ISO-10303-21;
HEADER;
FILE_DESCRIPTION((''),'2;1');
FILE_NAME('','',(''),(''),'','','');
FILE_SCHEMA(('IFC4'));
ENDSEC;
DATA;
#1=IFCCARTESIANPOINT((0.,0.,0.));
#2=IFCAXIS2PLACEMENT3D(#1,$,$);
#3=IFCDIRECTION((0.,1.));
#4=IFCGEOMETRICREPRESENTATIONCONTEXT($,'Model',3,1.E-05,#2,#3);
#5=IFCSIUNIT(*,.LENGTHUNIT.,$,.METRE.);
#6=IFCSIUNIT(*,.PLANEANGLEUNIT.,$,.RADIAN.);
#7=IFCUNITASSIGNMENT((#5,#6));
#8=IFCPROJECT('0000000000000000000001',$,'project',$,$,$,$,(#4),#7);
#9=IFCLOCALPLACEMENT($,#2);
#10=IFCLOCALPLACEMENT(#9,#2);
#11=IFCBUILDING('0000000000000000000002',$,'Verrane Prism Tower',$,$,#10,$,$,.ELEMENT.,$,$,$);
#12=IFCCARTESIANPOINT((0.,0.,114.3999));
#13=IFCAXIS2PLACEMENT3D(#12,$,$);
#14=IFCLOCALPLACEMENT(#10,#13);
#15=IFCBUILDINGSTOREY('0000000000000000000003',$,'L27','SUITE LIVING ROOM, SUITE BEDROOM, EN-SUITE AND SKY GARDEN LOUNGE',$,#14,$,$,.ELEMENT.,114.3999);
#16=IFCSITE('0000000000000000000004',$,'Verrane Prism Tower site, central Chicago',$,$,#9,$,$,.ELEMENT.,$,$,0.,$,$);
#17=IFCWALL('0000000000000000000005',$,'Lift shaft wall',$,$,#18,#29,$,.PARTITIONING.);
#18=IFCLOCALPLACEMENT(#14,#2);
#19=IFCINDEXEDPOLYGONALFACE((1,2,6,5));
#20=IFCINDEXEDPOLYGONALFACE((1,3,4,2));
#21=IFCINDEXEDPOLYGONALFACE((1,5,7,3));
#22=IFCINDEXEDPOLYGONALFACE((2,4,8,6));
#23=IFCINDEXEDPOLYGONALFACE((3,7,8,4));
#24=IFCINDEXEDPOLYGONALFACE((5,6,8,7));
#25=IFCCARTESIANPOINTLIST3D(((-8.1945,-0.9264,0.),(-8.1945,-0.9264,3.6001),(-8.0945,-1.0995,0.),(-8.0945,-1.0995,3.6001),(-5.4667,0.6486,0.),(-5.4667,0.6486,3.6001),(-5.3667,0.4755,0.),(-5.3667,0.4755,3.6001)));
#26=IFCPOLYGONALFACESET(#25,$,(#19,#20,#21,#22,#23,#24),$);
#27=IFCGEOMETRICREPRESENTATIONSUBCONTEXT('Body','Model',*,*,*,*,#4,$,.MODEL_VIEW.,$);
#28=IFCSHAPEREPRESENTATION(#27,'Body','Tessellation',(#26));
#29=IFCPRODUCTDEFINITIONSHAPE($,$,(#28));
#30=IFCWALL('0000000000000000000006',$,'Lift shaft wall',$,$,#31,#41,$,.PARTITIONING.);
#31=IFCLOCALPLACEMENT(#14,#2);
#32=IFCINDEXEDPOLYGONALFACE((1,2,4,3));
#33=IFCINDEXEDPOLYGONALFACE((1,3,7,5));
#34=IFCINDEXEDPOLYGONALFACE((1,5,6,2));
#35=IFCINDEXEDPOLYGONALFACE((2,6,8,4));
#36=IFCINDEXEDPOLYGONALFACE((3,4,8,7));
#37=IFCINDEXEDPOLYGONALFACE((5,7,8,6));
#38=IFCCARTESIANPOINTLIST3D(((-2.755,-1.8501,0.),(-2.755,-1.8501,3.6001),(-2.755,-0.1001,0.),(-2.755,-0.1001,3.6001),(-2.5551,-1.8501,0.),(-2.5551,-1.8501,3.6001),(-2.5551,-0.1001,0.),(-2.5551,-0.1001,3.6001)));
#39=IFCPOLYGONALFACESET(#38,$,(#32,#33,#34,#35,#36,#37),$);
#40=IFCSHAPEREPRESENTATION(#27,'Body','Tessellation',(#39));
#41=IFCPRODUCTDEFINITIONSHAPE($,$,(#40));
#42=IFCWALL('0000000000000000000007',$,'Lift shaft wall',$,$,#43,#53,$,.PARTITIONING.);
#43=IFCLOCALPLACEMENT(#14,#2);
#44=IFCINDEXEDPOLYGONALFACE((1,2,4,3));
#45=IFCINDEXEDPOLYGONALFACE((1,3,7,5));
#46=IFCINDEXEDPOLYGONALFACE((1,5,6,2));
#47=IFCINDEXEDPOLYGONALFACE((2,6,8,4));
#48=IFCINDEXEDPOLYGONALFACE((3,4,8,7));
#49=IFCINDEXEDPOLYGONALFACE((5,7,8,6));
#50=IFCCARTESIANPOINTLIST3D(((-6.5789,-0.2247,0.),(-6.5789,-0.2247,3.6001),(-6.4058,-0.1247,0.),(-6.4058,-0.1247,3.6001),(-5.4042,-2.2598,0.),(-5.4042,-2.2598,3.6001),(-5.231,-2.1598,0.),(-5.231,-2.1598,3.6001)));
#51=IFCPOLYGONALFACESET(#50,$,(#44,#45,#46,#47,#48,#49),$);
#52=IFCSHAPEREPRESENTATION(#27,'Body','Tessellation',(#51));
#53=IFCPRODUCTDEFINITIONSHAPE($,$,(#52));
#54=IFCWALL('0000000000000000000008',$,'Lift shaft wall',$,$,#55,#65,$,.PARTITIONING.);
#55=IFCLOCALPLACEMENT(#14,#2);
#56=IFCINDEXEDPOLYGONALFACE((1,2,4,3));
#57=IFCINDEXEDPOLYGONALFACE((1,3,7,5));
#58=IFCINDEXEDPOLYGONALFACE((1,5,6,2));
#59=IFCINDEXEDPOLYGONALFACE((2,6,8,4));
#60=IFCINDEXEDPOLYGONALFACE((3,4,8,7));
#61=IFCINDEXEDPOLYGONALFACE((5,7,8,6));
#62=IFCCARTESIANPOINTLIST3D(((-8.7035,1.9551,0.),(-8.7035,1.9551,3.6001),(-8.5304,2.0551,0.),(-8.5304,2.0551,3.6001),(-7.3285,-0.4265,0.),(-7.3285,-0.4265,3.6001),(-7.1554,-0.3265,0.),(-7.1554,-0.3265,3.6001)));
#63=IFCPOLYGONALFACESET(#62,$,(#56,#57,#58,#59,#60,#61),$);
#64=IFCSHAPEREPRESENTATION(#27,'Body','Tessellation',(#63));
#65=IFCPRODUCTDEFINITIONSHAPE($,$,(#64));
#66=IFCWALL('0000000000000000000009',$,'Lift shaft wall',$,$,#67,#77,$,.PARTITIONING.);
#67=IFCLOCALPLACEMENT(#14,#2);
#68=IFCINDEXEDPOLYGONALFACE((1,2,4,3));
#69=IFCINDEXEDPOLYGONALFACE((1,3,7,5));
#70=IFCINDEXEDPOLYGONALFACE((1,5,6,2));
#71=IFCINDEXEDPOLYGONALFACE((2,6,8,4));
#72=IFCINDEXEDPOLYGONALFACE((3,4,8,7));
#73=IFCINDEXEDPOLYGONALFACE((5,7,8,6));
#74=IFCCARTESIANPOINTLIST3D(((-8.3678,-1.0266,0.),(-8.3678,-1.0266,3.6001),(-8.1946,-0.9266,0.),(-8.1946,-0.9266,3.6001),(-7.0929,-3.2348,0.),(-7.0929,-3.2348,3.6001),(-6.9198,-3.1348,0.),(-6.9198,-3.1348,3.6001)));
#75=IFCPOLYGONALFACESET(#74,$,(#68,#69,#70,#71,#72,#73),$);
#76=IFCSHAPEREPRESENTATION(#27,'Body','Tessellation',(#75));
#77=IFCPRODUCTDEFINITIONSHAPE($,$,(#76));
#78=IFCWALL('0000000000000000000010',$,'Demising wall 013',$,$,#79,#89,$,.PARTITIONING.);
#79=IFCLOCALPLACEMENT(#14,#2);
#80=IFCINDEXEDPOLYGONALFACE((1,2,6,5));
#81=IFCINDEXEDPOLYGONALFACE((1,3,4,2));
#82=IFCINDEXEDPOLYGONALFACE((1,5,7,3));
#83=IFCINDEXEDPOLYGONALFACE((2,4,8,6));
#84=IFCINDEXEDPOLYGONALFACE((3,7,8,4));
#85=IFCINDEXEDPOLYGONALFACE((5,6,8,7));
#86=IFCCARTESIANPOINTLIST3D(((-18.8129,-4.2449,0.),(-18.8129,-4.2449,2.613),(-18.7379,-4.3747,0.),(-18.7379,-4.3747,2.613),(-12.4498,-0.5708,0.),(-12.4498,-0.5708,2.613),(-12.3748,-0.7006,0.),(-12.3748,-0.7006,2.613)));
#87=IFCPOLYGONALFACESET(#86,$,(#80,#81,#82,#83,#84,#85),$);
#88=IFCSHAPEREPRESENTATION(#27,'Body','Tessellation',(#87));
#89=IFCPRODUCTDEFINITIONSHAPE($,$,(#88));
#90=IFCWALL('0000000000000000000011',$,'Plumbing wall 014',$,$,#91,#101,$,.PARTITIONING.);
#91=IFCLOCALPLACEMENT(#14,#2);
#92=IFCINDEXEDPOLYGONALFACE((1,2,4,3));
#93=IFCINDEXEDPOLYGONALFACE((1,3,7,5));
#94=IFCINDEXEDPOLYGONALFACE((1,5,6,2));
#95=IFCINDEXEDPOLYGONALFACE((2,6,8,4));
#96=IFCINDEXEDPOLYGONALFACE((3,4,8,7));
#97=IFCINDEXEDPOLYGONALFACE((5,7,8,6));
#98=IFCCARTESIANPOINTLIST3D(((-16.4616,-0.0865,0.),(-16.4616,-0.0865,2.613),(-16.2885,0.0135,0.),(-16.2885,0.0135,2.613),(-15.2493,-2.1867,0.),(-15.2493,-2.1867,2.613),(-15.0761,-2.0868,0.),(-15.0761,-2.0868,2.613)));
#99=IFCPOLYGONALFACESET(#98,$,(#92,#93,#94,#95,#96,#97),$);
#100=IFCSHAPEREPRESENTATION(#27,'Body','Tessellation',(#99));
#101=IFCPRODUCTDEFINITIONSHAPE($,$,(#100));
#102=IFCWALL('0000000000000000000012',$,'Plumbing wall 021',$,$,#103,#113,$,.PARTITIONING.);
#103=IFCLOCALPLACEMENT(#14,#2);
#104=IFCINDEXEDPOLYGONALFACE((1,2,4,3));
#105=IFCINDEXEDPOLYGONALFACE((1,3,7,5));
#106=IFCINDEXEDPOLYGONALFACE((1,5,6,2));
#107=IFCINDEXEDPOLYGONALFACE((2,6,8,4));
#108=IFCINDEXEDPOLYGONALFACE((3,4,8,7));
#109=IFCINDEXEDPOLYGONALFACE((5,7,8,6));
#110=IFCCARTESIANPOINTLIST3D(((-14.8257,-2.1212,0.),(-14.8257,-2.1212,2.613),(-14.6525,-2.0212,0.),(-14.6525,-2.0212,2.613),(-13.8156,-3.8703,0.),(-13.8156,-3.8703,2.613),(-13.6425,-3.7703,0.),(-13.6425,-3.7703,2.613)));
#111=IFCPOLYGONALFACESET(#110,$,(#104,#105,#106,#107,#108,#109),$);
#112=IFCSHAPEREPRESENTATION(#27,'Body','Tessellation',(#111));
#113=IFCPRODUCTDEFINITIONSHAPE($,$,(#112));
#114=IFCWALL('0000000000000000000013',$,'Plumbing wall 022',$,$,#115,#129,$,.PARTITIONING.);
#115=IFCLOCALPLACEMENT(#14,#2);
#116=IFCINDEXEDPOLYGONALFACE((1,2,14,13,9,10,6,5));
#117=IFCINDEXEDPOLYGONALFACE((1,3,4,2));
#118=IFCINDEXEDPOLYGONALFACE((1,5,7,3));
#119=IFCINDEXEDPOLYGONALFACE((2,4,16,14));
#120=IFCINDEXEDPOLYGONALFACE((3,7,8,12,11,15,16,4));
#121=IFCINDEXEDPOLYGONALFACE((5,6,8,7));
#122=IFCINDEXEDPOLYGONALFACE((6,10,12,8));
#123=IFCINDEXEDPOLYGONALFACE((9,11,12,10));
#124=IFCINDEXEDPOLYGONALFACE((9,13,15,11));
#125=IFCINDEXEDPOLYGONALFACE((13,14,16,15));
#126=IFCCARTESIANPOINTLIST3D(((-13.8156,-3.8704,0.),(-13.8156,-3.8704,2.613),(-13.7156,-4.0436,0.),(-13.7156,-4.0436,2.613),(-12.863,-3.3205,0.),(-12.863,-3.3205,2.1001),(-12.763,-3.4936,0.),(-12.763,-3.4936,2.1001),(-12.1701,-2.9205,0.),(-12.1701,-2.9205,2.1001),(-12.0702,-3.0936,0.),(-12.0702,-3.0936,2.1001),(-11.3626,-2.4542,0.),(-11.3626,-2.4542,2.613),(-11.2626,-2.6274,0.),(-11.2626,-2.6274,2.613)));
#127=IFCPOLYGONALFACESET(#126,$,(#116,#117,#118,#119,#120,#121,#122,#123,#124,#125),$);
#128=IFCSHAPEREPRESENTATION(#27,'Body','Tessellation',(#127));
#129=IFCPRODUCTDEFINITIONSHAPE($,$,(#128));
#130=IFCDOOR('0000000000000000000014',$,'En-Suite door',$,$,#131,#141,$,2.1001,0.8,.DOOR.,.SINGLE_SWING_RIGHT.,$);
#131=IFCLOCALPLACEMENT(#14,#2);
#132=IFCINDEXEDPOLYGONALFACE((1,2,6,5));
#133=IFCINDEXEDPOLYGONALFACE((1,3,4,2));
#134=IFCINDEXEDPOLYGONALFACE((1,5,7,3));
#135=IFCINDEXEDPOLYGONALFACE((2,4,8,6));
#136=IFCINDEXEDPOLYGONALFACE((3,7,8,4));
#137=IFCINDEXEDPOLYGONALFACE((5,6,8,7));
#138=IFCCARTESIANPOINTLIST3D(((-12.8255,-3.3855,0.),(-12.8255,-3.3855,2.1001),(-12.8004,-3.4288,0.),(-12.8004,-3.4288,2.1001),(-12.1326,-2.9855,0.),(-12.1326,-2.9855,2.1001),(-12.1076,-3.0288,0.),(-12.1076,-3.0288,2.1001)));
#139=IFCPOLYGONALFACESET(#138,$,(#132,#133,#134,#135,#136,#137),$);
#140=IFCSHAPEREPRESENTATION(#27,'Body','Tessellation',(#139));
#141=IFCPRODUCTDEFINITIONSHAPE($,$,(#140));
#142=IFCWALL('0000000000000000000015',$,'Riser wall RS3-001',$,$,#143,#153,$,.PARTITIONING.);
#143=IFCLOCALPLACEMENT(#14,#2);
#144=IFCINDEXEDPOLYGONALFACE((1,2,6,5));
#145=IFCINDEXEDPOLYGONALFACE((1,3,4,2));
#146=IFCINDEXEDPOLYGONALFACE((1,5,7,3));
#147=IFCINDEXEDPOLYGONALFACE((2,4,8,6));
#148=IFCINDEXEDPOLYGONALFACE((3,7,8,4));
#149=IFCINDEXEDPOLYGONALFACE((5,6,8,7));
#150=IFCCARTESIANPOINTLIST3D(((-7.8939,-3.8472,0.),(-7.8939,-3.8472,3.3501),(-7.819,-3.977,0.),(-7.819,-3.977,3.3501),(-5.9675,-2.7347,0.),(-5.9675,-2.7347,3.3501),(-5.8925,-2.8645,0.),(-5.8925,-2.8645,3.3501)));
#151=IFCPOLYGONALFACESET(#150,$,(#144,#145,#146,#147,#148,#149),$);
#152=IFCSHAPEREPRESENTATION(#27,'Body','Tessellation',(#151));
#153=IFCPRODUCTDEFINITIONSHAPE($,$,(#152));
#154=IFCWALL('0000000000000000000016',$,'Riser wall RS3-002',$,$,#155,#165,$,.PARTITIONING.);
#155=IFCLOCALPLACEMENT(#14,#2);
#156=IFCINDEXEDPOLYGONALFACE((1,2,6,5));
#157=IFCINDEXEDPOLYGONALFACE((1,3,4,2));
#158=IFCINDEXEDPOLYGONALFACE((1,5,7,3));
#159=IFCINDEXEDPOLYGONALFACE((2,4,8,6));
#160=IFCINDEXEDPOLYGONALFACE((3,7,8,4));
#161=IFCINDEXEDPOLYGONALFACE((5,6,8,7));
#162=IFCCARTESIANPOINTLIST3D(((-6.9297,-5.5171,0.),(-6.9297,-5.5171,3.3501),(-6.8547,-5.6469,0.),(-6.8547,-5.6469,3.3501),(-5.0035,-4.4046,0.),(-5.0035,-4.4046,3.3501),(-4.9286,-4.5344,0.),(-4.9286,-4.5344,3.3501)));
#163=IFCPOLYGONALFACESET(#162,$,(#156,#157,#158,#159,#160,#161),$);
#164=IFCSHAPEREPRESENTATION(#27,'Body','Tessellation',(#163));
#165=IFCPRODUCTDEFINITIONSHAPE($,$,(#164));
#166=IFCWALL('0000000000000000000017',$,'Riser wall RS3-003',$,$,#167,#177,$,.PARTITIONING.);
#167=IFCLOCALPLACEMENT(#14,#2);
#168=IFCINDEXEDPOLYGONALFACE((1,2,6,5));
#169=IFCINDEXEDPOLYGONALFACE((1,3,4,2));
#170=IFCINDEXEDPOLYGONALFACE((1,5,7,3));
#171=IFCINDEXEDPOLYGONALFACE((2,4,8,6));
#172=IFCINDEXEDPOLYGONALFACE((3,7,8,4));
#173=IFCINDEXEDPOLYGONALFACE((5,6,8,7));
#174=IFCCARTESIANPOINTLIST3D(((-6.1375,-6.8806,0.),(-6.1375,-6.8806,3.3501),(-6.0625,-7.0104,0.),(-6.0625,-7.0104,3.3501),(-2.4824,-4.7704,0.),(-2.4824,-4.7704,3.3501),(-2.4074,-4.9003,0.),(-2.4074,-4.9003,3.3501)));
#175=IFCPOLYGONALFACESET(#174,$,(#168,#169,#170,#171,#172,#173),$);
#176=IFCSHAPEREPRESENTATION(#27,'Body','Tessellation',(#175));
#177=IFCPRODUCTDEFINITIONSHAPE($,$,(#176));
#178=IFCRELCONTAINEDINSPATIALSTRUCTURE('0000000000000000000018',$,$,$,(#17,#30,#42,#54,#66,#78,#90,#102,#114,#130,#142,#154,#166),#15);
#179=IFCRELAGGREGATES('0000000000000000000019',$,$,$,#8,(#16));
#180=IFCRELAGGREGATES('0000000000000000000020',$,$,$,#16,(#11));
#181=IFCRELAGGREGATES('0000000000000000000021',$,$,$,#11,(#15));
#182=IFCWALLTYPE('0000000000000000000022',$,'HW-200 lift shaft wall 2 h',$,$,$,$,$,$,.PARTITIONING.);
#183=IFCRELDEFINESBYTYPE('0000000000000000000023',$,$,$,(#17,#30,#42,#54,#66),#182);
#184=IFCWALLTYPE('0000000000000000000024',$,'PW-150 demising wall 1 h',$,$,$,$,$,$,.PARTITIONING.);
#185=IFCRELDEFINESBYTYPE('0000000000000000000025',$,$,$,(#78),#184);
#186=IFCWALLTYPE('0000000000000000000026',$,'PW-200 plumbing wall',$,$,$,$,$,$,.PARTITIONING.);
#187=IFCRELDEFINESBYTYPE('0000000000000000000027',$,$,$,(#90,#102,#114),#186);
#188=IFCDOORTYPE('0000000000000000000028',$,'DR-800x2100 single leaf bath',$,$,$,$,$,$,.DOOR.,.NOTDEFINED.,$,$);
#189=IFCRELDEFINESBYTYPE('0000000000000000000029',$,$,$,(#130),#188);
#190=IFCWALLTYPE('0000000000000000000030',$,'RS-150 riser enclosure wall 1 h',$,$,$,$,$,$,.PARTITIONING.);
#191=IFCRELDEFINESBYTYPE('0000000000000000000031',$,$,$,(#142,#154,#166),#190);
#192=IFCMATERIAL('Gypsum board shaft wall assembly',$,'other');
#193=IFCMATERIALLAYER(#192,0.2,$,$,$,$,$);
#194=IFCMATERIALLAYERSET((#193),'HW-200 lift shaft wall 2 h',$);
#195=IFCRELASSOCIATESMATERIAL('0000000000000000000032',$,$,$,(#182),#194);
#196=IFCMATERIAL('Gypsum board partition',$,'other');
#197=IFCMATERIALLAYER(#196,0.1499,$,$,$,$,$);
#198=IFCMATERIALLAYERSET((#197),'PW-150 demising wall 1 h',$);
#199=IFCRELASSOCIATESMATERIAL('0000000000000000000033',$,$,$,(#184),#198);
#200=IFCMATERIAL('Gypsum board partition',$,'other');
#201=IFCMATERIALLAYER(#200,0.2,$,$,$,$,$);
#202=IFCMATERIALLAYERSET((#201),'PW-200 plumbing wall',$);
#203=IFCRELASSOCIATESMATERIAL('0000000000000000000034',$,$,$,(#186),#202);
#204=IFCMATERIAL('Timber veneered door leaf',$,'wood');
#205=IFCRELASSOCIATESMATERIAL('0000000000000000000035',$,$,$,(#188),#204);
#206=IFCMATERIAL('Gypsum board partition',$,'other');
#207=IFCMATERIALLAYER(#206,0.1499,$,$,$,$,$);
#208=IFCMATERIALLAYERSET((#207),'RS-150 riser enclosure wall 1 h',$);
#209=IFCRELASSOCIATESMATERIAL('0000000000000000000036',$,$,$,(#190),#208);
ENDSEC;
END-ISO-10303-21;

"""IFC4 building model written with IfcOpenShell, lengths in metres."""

from ifc_helpers import new_model, si_unit, direction, frame, frame_2d, origin, place, context, subcontext, project, spatial, rectangle, extrude, material, layer, layer_set, type_object, element, fill, save


model = new_model("IFC4")

# Units and contexts
model_context = context("Model", 3, precision=1e-05, world=origin(), true_north=direction((0.0, 1.0)))
body_context = subcontext(model_context, "Body", "Model", "MODEL_VIEW")
ifc_project = project(units=[si_unit("LENGTHUNIT", "METRE"), si_unit("PLANEANGLEUNIT", "RADIAN")], contexts=[model_context])

# Site, building, storey
site_placement = place(None, origin())
site = spatial("IfcSite", under=ifc_project, at=site_placement, Name="Verrane Prism Tower site, central Chicago", CompositionType="ELEMENT", RefElevation=0.0)
building_placement = place(site_placement, origin())
building = spatial("IfcBuilding", under=site, at=building_placement, Name="Verrane Prism Tower", CompositionType="ELEMENT")
storey_placement = place(building_placement, frame((0.0, 0.0, 114.3999)))
storey = spatial("IfcBuildingStorey", under=building, at=storey_placement, Name="L27", Description="SUITE LIVING ROOM, SUITE BEDROOM, EN-SUITE AND SKY GARDEN LOUNGE", CompositionType="ELEMENT", Elevation=114.3999)

# Shared definitions
ifc_material_1 = material(Name="Gypsum board shaft wall assembly", Category="other")
ifc_layer_1 = layer(ifc_material_1, 0.2)
ifc_layer_set_1 = layer_set([ifc_layer_1], Name="HW-200 lift shaft wall 2 h")
wall_type_1 = type_object("IfcWallType", Name="HW-200 lift shaft wall 2 h", PredefinedType="PARTITIONING", material=ifc_layer_set_1)

# Walls
wall_1_placement = place(storey_placement, frame((-8.1445, -1.0129, 0.0), z_axis=(0.0, 0.0, 1.0), x_axis=(0.866016, 0.500015, 0.0)))
element("IfcWall", 1, at=wall_1_placement, inside=storey, type_object=wall_type_1, Name="Lift shaft wall", PredefinedType="PARTITIONING", context=body_context, shape_type="SweptSolid", body=[
    extrude(rectangle(XDim=3.1499, YDim=0.2, at=frame_2d((1.575, 0.0))), origin(), (0.0, 0.0, 1.0), 3.6001),
])
wall_2_placement = place(storey_placement, frame((-2.655, -1.8501, 0.0), z_axis=(0.0, 0.0, 1.0), x_axis=(0.0, 1.0, 0.0)))
element("IfcWall", 2, at=wall_2_placement, inside=storey, type_object=wall_type_1, Name="Lift shaft wall", PredefinedType="PARTITIONING", context=body_context, shape_type="SweptSolid", body=[
    extrude(rectangle(XDim=1.75, YDim=0.2, at=frame_2d((0.875, 0.0))), origin(), (0.0, 0.0, 1.0), 3.6001),
])
wall_3_placement = place(storey_placement, frame((-5.3176, -2.2097, 0.0), z_axis=(0.0, 0.0, 1.0), x_axis=(-0.499938, 0.866061, 0.0)))
element("IfcWall", 3, at=wall_3_placement, inside=storey, type_object=wall_type_1, Name="Lift shaft wall", PredefinedType="PARTITIONING", context=body_context, shape_type="SweptSolid", body=[
    extrude(rectangle(XDim=2.3499, YDim=0.2, at=frame_2d((1.1748, 0.0))), origin(), (0.0, 0.0, 1.0), 3.6001),
])
wall_4_placement = place(storey_placement, frame((-7.2419, -0.3765, 0.0), z_axis=(0.0, 0.0, 1.0), x_axis=(-0.499997, 0.866027, 0.0)))
element("IfcWall", 4, at=wall_4_placement, inside=storey, type_object=wall_type_1, Name="Lift shaft wall", PredefinedType="PARTITIONING", context=body_context, shape_type="SweptSolid", body=[
    extrude(rectangle(XDim=2.75, YDim=0.2, at=frame_2d((1.375, 0.0))), origin(), (0.0, 0.0, 1.0), 3.6001),
])
wall_5_placement = place(storey_placement, frame((-7.0063, -3.1848, 0.0), z_axis=(0.0, 0.0, 1.0), x_axis=(-0.49999, 0.866031, 0.0)))
element("IfcWall", 5, at=wall_5_placement, inside=storey, type_object=wall_type_1, Name="Lift shaft wall", PredefinedType="PARTITIONING", context=body_context, shape_type="SweptSolid", body=[
    extrude(rectangle(XDim=2.5498, YDim=0.2, at=frame_2d((1.2749, 0.0))), origin(), (0.0, 0.0, 1.0), 3.6001),
])
ifc_material_2 = material(Name="Gypsum board partition", Category="other")
ifc_layer_2 = layer(ifc_material_2, 0.1499)
ifc_layer_set_2 = layer_set([ifc_layer_2], Name="PW-150 demising wall 1 h")
wall_type_2 = type_object("IfcWallType", Name="PW-150 demising wall 1 h", PredefinedType="PARTITIONING", material=ifc_layer_set_2)
wall_6_placement = place(storey_placement, frame((-18.7754, -4.3098, 0.0), z_axis=(0.0, 0.0, 1.0), x_axis=(0.866004, 0.500038, 0.0)))
element("IfcWall", 6, at=wall_6_placement, inside=storey, type_object=wall_type_2, Name="Demising wall 013", PredefinedType="PARTITIONING", context=body_context, shape_type="SweptSolid", body=[
    extrude(rectangle(XDim=7.3477, YDim=0.1499, at=frame_2d((3.6738, 0.0))), origin(), (0.0, 0.0, 1.0), 2.613),
])
ifc_material_3 = material(Name="Gypsum board partition", Category="other")
ifc_layer_3 = layer(ifc_material_3, 0.2)
ifc_layer_set_3 = layer_set([ifc_layer_3], Name="PW-200 plumbing wall")
wall_type_3 = type_object("IfcWallType", Name="PW-200 plumbing wall", PredefinedType="PARTITIONING", material=ifc_layer_set_3)
wall_7_placement = place(storey_placement, frame((-16.375, -0.0366, 0.0), z_axis=(0.0, 0.0, 1.0), x_axis=(0.499929, -0.866067, 0.0)))
element("IfcWall", 7, at=wall_7_placement, inside=storey, type_object=wall_type_3, Name="Plumbing wall 014", PredefinedType="PARTITIONING", context=body_context, shape_type="SweptSolid", body=[
    extrude(rectangle(XDim=2.425, YDim=0.2, at=frame_2d((1.2124, 0.0))), origin(), (0.0, 0.0, 1.0), 2.613),
])
wall_8_placement = place(storey_placement, frame((-14.739, -2.0713, 0.0), z_axis=(0.0, 0.0, 1.0), x_axis=(0.500078, -0.86598, 0.0)))
element("IfcWall", 8, at=wall_8_placement, inside=storey, type_object=wall_type_3, Name="Plumbing wall 021", PredefinedType="PARTITIONING", context=body_context, shape_type="SweptSolid", body=[
    extrude(rectangle(XDim=2.0198, YDim=0.2, at=frame_2d((1.0098, 0.0))), origin(), (0.0, 0.0, 1.0), 2.613),
])

# Wall, opening, door
wall_9_placement = place(storey_placement, frame((-13.7656, -3.957, 0.0), z_axis=(0.0, 0.0, 1.0), x_axis=(0.866033, 0.499986, 0.0)))
wall_9 = element("IfcWall", 9, at=wall_9_placement, inside=storey, type_object=wall_type_3, Name="Plumbing wall 022", PredefinedType="PARTITIONING", context=body_context, shape_type="SweptSolid", body=[
    extrude(rectangle(XDim=2.8325, YDim=0.2, at=frame_2d((1.4163, 0.0))), origin(), (0.0, 0.0, 1.0), 2.613),
])
opening_1_placement = place(wall_9_placement, frame((1.1001, 0.0, 0.0)))
opening_1 = element("IfcOpeningElement", 10, at=opening_1_placement, cuts=wall_9, PredefinedType="OPENING", context=body_context, shape_type="SweptSolid", body=[
    extrude(rectangle(XDim=0.8, YDim=2.1001, at=frame_2d((0.3999, 1.05))), frame((0.0, 0.1099, 0.0), z_axis=(0.0, -1.0, 0.0), x_axis=(1.0, 0.0, 0.0)), (0.0, 0.0, 1.0), 0.22),
])
ifc_material_4 = material(Name="Timber veneered door leaf", Category="wood")
door_type_1 = type_object("IfcDoorType", Name="DR-800x2100 single leaf bath", OperationType="NOTDEFINED", PredefinedType="DOOR", material=ifc_material_4)
door_1_placement = place(opening_1_placement, origin())
door_1 = element("IfcDoor", 11, at=door_1_placement, inside=storey, type_object=door_type_1, Name="En-Suite door", OperationType="SINGLE_SWING_RIGHT", OverallHeight=2.1001, OverallWidth=0.8, PredefinedType="DOOR", context=body_context, shape_type="SweptSolid", body=[
    extrude(rectangle(XDim=0.8, YDim=2.1001, at=frame_2d((0.3999, 1.05))), frame((0.0, 0.0249, 0.0), z_axis=(0.0, -1.0, 0.0), x_axis=(1.0, 0.0, 0.0)), (0.0, 0.0, 1.0), 0.05),
])
fill(opening_1, door_1)

# Walls
ifc_material_5 = material(Name="Gypsum board partition", Category="other")
ifc_layer_4 = layer(ifc_material_5, 0.1499)
ifc_layer_set_4 = layer_set([ifc_layer_4], Name="RS-150 riser enclosure wall 1 h")
wall_type_4 = type_object("IfcWallType", Name="RS-150 riser enclosure wall 1 h", PredefinedType="PARTITIONING", material=ifc_layer_set_4)
wall_10_placement = place(storey_placement, frame((-7.8564, -3.9121, 0.0), z_axis=(0.0, 0.0, 1.0), x_axis=(0.865972, 0.500093, 0.0)))
element("IfcWall", 12, at=wall_10_placement, inside=storey, type_object=wall_type_4, Name="Riser wall RS3-001", PredefinedType="PARTITIONING", context=body_context, shape_type="SweptSolid", body=[
    extrude(rectangle(XDim=2.2246, YDim=0.1499, at=frame_2d((1.1123, 0.0))), origin(), (0.0, 0.0, 1.0), 3.3501),
])
wall_11_placement = place(storey_placement, frame((-6.8923, -5.582, 0.0), z_axis=(0.0, 0.0, 1.0), x_axis=(0.865944, 0.50014, 0.0)))
element("IfcWall", 13, at=wall_11_placement, inside=storey, type_object=wall_type_4, Name="Riser wall RS3-002", PredefinedType="PARTITIONING", context=body_context, shape_type="SweptSolid", body=[
    extrude(rectangle(XDim=2.2244, YDim=0.1499, at=frame_2d((1.1123, 0.0))), origin(), (0.0, 0.0, 1.0), 3.3501),
])
wall_12_placement = place(storey_placement, frame((-6.1001, -6.9456, 0.0), z_axis=(0.0, 0.0, 1.0), x_axis=(0.866038, 0.499978, 0.0)))
element("IfcWall", 14, at=wall_12_placement, inside=storey, type_object=wall_type_4, Name="Riser wall RS3-003", PredefinedType="PARTITIONING", context=body_context, shape_type="SweptSolid", body=[
    extrude(rectangle(XDim=4.2205, YDim=0.1499, at=frame_2d((2.1104, 0.0))), origin(), (0.0, 0.0, 1.0), 3.3501),
])

save(model, "model.ifc")
